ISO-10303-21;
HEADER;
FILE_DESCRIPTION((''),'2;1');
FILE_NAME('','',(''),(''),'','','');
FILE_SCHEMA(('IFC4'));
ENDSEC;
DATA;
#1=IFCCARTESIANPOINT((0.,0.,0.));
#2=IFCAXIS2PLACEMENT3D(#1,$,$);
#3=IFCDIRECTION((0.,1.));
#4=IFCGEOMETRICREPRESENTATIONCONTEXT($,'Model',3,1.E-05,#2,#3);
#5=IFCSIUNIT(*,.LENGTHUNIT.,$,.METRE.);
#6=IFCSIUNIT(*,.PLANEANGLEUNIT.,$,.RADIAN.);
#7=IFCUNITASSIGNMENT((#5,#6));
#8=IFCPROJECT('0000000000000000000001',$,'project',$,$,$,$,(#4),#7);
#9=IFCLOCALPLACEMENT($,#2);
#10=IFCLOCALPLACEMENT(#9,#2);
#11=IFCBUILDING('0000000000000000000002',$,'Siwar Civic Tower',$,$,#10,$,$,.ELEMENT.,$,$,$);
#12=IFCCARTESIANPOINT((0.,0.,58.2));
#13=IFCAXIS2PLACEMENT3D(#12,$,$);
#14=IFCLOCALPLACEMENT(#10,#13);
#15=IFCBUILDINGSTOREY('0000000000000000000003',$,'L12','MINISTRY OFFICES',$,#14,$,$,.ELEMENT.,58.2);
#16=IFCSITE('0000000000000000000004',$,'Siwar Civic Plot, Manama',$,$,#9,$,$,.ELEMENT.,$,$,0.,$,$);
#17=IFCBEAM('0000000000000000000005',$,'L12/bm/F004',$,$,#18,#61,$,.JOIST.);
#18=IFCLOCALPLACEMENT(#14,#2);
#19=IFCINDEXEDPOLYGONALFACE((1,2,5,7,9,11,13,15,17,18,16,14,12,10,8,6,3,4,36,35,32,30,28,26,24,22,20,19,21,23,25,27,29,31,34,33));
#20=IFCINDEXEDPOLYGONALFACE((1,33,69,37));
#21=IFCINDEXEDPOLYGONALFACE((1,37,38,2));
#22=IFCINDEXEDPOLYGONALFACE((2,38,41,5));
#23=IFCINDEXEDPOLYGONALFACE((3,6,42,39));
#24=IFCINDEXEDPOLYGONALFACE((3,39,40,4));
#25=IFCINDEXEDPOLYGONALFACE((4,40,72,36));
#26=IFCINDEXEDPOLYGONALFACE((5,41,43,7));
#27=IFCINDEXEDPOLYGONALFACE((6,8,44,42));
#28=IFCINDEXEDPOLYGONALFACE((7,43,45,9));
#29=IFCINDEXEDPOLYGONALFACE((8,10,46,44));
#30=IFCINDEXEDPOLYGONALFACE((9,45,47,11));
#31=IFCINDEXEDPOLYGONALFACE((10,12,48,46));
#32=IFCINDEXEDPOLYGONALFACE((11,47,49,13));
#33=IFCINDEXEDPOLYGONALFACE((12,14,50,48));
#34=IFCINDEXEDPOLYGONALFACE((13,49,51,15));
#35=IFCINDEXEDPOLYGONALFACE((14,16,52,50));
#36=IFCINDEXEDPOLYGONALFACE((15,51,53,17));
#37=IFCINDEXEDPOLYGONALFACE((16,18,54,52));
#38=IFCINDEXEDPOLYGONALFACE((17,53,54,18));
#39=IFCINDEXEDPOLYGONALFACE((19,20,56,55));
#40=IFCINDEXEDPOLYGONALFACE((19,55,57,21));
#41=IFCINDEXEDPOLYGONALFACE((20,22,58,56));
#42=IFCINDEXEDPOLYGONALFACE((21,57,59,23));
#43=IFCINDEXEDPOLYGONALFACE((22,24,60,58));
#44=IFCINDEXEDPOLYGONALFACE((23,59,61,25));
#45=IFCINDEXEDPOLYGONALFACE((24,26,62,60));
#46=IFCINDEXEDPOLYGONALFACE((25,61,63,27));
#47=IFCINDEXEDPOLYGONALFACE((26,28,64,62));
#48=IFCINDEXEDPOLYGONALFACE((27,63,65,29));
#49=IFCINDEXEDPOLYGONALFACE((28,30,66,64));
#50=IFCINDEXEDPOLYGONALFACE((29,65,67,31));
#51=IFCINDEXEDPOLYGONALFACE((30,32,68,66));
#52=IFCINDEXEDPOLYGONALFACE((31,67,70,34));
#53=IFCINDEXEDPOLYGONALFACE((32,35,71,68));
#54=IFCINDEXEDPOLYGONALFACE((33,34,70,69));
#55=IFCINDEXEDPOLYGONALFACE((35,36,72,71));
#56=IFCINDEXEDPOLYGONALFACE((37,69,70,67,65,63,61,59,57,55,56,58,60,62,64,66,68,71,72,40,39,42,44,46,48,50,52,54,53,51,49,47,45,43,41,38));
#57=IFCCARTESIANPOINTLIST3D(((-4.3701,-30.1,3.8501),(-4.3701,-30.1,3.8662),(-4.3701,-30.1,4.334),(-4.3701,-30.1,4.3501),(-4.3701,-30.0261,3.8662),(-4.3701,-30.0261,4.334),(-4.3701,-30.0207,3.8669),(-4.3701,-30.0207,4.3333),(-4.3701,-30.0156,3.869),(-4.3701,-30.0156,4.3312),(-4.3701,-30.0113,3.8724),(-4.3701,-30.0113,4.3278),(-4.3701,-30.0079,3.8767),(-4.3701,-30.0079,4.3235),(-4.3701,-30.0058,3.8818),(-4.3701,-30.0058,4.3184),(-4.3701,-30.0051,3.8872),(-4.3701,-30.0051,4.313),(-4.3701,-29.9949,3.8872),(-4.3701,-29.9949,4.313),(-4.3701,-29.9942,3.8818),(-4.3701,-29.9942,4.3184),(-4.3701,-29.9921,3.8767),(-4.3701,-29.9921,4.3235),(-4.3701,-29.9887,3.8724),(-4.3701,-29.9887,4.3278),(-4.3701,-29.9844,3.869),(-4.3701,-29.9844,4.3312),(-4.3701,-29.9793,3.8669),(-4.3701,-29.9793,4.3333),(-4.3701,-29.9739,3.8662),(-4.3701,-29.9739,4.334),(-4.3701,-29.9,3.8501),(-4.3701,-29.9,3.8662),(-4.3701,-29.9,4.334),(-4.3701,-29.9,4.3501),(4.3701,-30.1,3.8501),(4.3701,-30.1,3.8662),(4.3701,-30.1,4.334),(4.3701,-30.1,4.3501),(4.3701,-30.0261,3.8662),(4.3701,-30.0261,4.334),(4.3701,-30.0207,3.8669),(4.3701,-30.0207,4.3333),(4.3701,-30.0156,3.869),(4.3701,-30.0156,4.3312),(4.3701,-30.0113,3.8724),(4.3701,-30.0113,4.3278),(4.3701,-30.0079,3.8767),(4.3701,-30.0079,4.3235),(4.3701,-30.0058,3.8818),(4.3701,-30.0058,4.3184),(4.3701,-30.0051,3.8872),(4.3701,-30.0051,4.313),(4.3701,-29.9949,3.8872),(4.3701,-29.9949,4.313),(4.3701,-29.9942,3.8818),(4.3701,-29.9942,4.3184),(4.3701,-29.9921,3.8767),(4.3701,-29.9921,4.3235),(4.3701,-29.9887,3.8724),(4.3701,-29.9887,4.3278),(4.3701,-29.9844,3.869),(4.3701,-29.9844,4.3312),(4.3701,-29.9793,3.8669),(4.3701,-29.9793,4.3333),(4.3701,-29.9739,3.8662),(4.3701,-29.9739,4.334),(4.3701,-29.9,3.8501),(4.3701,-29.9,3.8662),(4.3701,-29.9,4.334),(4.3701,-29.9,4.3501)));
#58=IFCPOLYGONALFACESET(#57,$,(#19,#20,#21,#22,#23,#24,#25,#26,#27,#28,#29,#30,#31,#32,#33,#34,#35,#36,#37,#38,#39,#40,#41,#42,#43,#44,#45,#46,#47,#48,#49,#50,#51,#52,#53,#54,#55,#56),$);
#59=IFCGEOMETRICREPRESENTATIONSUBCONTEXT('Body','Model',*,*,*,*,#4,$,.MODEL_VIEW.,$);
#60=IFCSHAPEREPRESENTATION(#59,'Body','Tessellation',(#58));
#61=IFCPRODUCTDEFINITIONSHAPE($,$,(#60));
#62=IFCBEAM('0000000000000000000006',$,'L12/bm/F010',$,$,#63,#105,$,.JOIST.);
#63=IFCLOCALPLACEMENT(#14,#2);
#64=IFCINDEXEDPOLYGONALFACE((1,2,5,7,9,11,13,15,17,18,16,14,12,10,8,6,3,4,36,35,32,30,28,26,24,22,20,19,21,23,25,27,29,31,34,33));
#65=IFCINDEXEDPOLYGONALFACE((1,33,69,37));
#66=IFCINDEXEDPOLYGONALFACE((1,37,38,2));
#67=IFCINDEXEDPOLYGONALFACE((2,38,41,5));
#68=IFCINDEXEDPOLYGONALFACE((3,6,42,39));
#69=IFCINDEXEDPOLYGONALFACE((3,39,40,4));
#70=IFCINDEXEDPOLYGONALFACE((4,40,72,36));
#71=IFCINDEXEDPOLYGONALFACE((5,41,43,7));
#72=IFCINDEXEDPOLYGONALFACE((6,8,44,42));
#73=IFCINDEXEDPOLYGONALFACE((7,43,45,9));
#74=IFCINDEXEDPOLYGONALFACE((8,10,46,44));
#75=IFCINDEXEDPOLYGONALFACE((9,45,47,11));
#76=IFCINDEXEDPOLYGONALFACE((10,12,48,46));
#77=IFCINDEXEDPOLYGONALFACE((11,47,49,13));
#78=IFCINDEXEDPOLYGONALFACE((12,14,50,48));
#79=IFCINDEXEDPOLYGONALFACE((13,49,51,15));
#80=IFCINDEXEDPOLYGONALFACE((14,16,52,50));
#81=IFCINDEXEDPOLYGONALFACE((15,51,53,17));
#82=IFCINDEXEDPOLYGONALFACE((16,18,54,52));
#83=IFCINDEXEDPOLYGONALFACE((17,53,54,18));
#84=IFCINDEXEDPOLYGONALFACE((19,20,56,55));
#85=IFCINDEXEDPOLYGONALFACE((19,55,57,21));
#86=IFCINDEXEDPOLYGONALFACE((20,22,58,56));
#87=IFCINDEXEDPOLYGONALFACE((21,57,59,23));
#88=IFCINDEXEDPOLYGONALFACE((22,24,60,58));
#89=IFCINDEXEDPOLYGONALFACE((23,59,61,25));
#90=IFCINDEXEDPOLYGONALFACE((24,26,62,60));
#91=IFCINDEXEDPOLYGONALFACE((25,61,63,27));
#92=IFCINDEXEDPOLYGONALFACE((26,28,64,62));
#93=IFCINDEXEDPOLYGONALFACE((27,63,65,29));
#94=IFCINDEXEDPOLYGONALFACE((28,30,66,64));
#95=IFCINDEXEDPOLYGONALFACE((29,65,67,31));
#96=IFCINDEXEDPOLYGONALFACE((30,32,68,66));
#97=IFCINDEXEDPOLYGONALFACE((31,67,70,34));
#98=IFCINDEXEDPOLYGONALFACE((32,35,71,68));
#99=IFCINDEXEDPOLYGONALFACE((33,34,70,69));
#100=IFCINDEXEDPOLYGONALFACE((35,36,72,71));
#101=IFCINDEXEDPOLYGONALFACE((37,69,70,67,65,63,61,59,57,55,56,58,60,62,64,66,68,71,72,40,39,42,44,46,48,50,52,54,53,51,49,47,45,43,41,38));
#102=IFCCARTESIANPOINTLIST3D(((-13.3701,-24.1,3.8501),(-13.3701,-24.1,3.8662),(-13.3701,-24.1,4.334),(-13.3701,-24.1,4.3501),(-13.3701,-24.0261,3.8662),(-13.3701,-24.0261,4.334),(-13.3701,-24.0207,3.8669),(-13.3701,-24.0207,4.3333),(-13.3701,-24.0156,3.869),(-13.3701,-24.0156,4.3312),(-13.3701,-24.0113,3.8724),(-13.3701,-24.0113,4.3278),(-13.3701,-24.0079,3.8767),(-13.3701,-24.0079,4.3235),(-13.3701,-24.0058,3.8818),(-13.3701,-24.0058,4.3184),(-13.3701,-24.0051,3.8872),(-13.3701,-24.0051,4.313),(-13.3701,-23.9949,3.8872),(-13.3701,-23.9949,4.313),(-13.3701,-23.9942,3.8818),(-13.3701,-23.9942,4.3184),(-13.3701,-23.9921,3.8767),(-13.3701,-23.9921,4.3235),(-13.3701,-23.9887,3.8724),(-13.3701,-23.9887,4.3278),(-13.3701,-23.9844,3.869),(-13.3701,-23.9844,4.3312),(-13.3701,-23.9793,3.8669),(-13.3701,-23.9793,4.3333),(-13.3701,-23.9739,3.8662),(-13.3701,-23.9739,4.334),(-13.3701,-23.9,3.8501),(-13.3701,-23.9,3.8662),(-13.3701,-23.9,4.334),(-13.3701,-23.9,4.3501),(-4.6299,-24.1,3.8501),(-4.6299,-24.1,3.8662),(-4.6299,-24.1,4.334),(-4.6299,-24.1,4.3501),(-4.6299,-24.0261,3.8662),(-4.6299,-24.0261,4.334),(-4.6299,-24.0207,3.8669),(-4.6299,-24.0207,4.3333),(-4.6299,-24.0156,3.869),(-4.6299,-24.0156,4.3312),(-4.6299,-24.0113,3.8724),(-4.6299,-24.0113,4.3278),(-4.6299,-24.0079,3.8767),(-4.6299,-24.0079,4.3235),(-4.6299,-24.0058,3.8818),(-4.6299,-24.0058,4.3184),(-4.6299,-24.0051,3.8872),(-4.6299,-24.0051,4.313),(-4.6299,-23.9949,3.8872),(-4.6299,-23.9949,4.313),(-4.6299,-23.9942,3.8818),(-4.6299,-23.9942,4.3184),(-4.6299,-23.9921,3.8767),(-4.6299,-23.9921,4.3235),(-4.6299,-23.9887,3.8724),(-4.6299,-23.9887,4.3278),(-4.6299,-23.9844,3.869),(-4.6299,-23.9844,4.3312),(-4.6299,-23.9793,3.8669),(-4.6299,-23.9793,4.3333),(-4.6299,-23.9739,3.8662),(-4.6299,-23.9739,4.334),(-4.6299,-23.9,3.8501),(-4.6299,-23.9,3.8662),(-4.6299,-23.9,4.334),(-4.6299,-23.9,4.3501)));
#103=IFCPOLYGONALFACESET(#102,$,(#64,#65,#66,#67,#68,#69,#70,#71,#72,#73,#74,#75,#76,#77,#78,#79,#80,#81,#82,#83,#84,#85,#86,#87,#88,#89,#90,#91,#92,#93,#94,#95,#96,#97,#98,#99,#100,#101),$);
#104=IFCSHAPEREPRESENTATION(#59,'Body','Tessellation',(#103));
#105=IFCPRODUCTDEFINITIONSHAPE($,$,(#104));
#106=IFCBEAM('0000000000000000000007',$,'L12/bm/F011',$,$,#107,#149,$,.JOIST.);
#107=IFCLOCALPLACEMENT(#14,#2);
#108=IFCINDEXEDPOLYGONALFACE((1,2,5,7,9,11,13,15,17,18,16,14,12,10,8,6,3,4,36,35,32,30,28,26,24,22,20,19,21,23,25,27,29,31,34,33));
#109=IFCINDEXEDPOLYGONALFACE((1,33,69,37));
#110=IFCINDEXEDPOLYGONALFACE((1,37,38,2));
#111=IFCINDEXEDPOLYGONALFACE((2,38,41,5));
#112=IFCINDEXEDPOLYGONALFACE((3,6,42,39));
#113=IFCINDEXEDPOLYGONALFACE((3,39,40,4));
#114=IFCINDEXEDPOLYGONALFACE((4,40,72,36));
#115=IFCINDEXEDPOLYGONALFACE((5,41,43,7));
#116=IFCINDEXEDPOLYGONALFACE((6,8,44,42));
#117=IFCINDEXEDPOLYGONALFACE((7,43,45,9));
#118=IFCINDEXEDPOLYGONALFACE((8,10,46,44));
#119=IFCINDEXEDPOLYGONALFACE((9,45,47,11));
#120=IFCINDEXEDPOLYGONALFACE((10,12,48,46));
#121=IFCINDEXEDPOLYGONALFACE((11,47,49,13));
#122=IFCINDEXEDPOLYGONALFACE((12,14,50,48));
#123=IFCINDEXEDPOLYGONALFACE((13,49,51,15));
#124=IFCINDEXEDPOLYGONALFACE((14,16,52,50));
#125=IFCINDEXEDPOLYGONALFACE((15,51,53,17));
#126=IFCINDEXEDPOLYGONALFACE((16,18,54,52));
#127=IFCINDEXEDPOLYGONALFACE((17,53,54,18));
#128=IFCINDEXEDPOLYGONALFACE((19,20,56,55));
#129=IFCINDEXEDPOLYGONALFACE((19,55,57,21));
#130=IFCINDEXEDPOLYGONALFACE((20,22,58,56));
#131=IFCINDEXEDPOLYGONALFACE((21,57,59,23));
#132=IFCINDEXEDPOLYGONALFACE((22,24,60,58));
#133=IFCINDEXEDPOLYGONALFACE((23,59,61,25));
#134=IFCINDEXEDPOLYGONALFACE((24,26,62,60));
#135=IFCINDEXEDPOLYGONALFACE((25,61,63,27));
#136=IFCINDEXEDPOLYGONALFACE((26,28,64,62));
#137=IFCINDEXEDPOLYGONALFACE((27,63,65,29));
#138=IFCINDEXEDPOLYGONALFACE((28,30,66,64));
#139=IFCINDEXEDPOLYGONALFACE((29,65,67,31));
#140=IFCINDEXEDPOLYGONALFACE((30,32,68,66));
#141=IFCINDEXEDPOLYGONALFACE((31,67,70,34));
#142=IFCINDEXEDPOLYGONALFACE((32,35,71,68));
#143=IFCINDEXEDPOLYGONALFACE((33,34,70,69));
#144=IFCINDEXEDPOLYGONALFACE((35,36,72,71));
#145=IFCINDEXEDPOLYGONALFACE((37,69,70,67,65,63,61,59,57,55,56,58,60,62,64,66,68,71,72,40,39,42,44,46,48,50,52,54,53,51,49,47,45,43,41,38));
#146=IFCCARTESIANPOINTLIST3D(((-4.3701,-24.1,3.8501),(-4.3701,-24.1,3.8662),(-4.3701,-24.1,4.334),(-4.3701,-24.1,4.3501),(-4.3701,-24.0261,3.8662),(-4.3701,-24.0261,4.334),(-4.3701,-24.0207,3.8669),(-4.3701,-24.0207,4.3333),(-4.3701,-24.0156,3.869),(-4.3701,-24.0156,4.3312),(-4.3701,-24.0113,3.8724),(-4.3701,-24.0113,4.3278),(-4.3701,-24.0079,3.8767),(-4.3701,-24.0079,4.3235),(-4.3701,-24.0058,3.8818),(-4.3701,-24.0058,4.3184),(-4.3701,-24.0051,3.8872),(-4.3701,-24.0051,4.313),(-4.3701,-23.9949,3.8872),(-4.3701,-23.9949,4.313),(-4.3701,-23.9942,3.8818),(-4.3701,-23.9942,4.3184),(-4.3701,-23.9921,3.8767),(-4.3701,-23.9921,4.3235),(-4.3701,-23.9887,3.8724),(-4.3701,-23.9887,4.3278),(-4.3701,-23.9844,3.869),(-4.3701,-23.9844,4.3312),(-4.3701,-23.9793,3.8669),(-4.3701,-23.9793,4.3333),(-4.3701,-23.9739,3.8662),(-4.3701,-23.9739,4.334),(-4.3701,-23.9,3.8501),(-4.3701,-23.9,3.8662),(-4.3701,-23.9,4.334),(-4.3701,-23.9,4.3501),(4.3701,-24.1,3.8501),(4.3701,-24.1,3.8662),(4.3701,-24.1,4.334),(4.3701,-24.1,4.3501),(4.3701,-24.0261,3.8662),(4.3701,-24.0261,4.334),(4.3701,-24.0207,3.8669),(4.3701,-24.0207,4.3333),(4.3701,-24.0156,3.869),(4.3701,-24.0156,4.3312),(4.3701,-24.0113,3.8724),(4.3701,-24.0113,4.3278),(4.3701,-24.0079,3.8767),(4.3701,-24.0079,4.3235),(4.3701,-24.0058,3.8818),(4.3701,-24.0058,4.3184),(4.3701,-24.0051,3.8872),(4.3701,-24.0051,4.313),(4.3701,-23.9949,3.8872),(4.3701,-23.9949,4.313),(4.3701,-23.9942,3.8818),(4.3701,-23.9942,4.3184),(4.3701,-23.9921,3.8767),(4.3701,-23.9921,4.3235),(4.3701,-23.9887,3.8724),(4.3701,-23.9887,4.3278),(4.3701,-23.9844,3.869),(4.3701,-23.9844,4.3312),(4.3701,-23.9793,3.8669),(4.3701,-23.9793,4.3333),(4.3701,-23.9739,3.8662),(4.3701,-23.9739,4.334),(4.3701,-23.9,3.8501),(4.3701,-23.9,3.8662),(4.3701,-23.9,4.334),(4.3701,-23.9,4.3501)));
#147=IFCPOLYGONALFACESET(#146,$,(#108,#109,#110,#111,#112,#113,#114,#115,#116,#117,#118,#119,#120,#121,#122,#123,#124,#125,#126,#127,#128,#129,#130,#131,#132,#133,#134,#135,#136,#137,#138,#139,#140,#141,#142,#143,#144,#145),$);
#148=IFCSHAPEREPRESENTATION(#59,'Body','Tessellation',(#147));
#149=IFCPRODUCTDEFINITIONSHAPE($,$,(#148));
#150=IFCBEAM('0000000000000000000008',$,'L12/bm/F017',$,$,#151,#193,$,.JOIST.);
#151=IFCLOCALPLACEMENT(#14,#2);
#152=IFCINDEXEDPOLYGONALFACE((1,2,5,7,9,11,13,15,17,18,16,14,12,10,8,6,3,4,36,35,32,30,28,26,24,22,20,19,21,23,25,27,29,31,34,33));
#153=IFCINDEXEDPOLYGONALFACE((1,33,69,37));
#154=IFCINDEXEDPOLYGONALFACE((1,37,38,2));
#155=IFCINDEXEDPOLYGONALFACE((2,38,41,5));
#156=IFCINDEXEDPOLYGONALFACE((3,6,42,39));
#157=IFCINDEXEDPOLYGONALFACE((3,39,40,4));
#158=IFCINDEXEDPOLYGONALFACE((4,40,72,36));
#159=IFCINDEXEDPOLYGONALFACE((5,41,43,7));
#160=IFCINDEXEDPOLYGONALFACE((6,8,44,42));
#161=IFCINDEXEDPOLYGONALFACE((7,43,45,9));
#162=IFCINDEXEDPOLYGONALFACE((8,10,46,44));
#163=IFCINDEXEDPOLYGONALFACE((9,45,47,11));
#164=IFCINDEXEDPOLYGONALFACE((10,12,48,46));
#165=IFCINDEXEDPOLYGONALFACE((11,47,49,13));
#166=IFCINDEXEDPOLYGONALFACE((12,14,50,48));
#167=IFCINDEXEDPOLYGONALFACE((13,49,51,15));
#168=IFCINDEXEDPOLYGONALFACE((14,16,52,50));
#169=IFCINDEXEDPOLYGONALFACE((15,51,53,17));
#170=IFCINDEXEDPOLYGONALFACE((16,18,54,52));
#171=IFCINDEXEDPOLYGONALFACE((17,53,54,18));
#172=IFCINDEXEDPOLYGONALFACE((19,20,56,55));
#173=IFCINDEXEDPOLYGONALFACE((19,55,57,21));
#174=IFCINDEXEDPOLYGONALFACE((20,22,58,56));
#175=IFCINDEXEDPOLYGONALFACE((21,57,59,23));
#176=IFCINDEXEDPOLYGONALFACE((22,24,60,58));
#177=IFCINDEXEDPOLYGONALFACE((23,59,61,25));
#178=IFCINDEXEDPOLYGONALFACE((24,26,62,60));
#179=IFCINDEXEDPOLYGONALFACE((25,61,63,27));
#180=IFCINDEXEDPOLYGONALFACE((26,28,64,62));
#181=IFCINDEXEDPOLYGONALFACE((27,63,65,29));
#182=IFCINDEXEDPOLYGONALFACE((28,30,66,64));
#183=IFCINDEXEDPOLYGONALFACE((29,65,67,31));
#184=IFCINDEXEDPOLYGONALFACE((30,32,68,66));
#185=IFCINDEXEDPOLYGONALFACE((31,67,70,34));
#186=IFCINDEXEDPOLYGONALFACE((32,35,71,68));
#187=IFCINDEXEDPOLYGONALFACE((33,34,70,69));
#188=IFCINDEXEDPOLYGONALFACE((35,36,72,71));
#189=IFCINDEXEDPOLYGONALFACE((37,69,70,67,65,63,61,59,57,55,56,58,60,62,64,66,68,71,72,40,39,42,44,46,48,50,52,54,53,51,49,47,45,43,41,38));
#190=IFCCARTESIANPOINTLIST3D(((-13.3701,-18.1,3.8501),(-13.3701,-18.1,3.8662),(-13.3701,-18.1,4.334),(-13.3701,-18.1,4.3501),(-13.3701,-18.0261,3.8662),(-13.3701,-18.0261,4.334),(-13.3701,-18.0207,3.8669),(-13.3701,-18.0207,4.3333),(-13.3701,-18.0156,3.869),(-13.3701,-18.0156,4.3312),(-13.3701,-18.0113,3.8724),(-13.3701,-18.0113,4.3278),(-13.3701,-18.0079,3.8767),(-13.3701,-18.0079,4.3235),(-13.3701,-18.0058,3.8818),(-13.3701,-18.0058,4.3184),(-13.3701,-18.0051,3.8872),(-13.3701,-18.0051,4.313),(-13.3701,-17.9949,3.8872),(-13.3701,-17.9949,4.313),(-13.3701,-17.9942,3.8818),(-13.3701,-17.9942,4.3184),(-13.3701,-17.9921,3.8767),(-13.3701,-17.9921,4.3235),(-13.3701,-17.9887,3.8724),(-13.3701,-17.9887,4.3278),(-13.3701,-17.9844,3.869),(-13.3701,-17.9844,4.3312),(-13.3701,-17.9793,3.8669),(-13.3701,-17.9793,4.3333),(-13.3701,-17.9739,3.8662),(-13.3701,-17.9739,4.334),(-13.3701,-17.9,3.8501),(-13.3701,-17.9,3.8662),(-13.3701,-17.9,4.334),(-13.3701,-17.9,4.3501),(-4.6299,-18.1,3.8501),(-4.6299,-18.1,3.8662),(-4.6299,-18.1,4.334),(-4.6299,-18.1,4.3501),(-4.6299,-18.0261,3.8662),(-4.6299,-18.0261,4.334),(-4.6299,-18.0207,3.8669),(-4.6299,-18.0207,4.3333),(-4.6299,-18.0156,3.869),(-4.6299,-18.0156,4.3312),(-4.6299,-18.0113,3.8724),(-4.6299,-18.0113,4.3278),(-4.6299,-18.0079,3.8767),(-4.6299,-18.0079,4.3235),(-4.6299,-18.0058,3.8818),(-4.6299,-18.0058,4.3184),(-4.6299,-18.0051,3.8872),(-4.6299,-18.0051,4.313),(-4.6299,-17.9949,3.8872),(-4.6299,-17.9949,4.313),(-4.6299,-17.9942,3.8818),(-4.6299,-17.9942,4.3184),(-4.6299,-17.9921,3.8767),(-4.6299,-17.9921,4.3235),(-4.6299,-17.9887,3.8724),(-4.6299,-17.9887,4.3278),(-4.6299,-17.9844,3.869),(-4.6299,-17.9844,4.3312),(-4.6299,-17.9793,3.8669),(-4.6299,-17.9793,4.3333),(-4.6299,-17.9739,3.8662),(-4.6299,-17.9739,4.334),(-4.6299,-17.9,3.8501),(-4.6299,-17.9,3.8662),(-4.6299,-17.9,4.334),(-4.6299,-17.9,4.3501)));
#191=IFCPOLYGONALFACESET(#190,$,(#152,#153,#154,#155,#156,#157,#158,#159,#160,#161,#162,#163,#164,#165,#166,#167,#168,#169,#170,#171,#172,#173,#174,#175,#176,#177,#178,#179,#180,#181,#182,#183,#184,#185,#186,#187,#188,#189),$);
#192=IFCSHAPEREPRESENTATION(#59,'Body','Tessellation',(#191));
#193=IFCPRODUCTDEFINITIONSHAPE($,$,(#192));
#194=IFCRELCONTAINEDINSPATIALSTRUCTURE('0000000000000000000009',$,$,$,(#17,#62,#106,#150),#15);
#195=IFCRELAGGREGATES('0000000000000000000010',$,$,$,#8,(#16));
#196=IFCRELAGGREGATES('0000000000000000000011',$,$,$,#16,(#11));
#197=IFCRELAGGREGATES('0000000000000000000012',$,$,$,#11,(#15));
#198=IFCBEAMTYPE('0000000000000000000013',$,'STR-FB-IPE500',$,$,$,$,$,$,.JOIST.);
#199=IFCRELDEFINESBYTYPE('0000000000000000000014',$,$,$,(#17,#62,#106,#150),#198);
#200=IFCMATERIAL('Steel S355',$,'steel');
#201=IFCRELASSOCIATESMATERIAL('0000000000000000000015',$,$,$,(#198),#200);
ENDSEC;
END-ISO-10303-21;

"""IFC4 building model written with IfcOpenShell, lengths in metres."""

from ifc_helpers import new_model, si_unit, direction, frame, origin, origin_2d, place, context, subcontext, project, spatial, i_section, extrude, material, material_profile, profile_set, type_object, element, save


model = new_model("IFC4")

# Units and contexts
model_context = context("Model", 3, precision=1e-05, world=origin(), true_north=direction((0.0, 1.0)))
body_context = subcontext(model_context, "Body", "Model", "MODEL_VIEW")
ifc_project = project(units=[si_unit("LENGTHUNIT", "METRE"), si_unit("PLANEANGLEUNIT", "RADIAN")], contexts=[model_context])

# Site, building, storey
site_placement = place(None, origin())
site = spatial("IfcSite", under=ifc_project, at=site_placement, Name="Siwar Civic Plot, Manama", CompositionType="ELEMENT", RefElevation=0.0)
building_placement = place(site_placement, origin())
building = spatial("IfcBuilding", under=site, at=building_placement, Name="Siwar Civic Tower", CompositionType="ELEMENT")
storey_placement = place(building_placement, frame((0.0, 0.0, 58.2)))
storey = spatial("IfcBuildingStorey", under=building, at=storey_placement, Name="L12", Description="MINISTRY OFFICES", CompositionType="ELEMENT", Elevation=58.2)

# Beams
ifc_material_1 = material(Name="Steel S355", Category="steel")
ifc_material_profile_1 = material_profile(ifc_material_1, i_section(OverallWidth=0.2, OverallDepth=0.5, WebThickness=0.0103, FlangeThickness=0.0161, FilletRadius=0.021, at=origin_2d()), Name="IPE500")
ifc_profile_set_1 = profile_set([ifc_material_profile_1], Name="Steel S355")
beam_type_1 = type_object("IfcBeamType", Name="STR-FB-IPE500", PredefinedType="JOIST", material=ifc_profile_set_1)
for number, where, z_axis, x_axis, name in (
    (1, (-4.3701, -30.0, 4.1001), (1.0, 0.0, 0.0), (0.0, 1.0, 0.0), "L12/bm/F004"),
    (2, (-13.3701, -24.0, 4.1001), (1.0, 0.0, 0.0), (0.0, 1.0, 0.0), "L12/bm/F010"),
    (3, (-4.3701, -24.0, 4.1001), (1.0, 0.0, 0.0), (0.0, 1.0, 0.0), "L12/bm/F011"),
    (4, (-13.3701, -18.0, 4.1001), (1.0, 0.0, 0.0), (0.0, 1.0, 0.0), "L12/bm/F017"),
):
    element("IfcBeam", number, at=place(storey_placement, frame(where, z_axis=z_axis, x_axis=x_axis)), inside=storey, type_object=beam_type_1, Name=name, PredefinedType="JOIST", context=body_context, shape_type="SweptSolid", body=[
        extrude(i_section(OverallWidth=0.2, OverallDepth=0.5, WebThickness=0.0103, FlangeThickness=0.0161, FilletRadius=0.021, at=origin_2d()), origin(), (0.0, 0.0, 1.0), 8.7402),
    ])

save(model, "model.ifc")
